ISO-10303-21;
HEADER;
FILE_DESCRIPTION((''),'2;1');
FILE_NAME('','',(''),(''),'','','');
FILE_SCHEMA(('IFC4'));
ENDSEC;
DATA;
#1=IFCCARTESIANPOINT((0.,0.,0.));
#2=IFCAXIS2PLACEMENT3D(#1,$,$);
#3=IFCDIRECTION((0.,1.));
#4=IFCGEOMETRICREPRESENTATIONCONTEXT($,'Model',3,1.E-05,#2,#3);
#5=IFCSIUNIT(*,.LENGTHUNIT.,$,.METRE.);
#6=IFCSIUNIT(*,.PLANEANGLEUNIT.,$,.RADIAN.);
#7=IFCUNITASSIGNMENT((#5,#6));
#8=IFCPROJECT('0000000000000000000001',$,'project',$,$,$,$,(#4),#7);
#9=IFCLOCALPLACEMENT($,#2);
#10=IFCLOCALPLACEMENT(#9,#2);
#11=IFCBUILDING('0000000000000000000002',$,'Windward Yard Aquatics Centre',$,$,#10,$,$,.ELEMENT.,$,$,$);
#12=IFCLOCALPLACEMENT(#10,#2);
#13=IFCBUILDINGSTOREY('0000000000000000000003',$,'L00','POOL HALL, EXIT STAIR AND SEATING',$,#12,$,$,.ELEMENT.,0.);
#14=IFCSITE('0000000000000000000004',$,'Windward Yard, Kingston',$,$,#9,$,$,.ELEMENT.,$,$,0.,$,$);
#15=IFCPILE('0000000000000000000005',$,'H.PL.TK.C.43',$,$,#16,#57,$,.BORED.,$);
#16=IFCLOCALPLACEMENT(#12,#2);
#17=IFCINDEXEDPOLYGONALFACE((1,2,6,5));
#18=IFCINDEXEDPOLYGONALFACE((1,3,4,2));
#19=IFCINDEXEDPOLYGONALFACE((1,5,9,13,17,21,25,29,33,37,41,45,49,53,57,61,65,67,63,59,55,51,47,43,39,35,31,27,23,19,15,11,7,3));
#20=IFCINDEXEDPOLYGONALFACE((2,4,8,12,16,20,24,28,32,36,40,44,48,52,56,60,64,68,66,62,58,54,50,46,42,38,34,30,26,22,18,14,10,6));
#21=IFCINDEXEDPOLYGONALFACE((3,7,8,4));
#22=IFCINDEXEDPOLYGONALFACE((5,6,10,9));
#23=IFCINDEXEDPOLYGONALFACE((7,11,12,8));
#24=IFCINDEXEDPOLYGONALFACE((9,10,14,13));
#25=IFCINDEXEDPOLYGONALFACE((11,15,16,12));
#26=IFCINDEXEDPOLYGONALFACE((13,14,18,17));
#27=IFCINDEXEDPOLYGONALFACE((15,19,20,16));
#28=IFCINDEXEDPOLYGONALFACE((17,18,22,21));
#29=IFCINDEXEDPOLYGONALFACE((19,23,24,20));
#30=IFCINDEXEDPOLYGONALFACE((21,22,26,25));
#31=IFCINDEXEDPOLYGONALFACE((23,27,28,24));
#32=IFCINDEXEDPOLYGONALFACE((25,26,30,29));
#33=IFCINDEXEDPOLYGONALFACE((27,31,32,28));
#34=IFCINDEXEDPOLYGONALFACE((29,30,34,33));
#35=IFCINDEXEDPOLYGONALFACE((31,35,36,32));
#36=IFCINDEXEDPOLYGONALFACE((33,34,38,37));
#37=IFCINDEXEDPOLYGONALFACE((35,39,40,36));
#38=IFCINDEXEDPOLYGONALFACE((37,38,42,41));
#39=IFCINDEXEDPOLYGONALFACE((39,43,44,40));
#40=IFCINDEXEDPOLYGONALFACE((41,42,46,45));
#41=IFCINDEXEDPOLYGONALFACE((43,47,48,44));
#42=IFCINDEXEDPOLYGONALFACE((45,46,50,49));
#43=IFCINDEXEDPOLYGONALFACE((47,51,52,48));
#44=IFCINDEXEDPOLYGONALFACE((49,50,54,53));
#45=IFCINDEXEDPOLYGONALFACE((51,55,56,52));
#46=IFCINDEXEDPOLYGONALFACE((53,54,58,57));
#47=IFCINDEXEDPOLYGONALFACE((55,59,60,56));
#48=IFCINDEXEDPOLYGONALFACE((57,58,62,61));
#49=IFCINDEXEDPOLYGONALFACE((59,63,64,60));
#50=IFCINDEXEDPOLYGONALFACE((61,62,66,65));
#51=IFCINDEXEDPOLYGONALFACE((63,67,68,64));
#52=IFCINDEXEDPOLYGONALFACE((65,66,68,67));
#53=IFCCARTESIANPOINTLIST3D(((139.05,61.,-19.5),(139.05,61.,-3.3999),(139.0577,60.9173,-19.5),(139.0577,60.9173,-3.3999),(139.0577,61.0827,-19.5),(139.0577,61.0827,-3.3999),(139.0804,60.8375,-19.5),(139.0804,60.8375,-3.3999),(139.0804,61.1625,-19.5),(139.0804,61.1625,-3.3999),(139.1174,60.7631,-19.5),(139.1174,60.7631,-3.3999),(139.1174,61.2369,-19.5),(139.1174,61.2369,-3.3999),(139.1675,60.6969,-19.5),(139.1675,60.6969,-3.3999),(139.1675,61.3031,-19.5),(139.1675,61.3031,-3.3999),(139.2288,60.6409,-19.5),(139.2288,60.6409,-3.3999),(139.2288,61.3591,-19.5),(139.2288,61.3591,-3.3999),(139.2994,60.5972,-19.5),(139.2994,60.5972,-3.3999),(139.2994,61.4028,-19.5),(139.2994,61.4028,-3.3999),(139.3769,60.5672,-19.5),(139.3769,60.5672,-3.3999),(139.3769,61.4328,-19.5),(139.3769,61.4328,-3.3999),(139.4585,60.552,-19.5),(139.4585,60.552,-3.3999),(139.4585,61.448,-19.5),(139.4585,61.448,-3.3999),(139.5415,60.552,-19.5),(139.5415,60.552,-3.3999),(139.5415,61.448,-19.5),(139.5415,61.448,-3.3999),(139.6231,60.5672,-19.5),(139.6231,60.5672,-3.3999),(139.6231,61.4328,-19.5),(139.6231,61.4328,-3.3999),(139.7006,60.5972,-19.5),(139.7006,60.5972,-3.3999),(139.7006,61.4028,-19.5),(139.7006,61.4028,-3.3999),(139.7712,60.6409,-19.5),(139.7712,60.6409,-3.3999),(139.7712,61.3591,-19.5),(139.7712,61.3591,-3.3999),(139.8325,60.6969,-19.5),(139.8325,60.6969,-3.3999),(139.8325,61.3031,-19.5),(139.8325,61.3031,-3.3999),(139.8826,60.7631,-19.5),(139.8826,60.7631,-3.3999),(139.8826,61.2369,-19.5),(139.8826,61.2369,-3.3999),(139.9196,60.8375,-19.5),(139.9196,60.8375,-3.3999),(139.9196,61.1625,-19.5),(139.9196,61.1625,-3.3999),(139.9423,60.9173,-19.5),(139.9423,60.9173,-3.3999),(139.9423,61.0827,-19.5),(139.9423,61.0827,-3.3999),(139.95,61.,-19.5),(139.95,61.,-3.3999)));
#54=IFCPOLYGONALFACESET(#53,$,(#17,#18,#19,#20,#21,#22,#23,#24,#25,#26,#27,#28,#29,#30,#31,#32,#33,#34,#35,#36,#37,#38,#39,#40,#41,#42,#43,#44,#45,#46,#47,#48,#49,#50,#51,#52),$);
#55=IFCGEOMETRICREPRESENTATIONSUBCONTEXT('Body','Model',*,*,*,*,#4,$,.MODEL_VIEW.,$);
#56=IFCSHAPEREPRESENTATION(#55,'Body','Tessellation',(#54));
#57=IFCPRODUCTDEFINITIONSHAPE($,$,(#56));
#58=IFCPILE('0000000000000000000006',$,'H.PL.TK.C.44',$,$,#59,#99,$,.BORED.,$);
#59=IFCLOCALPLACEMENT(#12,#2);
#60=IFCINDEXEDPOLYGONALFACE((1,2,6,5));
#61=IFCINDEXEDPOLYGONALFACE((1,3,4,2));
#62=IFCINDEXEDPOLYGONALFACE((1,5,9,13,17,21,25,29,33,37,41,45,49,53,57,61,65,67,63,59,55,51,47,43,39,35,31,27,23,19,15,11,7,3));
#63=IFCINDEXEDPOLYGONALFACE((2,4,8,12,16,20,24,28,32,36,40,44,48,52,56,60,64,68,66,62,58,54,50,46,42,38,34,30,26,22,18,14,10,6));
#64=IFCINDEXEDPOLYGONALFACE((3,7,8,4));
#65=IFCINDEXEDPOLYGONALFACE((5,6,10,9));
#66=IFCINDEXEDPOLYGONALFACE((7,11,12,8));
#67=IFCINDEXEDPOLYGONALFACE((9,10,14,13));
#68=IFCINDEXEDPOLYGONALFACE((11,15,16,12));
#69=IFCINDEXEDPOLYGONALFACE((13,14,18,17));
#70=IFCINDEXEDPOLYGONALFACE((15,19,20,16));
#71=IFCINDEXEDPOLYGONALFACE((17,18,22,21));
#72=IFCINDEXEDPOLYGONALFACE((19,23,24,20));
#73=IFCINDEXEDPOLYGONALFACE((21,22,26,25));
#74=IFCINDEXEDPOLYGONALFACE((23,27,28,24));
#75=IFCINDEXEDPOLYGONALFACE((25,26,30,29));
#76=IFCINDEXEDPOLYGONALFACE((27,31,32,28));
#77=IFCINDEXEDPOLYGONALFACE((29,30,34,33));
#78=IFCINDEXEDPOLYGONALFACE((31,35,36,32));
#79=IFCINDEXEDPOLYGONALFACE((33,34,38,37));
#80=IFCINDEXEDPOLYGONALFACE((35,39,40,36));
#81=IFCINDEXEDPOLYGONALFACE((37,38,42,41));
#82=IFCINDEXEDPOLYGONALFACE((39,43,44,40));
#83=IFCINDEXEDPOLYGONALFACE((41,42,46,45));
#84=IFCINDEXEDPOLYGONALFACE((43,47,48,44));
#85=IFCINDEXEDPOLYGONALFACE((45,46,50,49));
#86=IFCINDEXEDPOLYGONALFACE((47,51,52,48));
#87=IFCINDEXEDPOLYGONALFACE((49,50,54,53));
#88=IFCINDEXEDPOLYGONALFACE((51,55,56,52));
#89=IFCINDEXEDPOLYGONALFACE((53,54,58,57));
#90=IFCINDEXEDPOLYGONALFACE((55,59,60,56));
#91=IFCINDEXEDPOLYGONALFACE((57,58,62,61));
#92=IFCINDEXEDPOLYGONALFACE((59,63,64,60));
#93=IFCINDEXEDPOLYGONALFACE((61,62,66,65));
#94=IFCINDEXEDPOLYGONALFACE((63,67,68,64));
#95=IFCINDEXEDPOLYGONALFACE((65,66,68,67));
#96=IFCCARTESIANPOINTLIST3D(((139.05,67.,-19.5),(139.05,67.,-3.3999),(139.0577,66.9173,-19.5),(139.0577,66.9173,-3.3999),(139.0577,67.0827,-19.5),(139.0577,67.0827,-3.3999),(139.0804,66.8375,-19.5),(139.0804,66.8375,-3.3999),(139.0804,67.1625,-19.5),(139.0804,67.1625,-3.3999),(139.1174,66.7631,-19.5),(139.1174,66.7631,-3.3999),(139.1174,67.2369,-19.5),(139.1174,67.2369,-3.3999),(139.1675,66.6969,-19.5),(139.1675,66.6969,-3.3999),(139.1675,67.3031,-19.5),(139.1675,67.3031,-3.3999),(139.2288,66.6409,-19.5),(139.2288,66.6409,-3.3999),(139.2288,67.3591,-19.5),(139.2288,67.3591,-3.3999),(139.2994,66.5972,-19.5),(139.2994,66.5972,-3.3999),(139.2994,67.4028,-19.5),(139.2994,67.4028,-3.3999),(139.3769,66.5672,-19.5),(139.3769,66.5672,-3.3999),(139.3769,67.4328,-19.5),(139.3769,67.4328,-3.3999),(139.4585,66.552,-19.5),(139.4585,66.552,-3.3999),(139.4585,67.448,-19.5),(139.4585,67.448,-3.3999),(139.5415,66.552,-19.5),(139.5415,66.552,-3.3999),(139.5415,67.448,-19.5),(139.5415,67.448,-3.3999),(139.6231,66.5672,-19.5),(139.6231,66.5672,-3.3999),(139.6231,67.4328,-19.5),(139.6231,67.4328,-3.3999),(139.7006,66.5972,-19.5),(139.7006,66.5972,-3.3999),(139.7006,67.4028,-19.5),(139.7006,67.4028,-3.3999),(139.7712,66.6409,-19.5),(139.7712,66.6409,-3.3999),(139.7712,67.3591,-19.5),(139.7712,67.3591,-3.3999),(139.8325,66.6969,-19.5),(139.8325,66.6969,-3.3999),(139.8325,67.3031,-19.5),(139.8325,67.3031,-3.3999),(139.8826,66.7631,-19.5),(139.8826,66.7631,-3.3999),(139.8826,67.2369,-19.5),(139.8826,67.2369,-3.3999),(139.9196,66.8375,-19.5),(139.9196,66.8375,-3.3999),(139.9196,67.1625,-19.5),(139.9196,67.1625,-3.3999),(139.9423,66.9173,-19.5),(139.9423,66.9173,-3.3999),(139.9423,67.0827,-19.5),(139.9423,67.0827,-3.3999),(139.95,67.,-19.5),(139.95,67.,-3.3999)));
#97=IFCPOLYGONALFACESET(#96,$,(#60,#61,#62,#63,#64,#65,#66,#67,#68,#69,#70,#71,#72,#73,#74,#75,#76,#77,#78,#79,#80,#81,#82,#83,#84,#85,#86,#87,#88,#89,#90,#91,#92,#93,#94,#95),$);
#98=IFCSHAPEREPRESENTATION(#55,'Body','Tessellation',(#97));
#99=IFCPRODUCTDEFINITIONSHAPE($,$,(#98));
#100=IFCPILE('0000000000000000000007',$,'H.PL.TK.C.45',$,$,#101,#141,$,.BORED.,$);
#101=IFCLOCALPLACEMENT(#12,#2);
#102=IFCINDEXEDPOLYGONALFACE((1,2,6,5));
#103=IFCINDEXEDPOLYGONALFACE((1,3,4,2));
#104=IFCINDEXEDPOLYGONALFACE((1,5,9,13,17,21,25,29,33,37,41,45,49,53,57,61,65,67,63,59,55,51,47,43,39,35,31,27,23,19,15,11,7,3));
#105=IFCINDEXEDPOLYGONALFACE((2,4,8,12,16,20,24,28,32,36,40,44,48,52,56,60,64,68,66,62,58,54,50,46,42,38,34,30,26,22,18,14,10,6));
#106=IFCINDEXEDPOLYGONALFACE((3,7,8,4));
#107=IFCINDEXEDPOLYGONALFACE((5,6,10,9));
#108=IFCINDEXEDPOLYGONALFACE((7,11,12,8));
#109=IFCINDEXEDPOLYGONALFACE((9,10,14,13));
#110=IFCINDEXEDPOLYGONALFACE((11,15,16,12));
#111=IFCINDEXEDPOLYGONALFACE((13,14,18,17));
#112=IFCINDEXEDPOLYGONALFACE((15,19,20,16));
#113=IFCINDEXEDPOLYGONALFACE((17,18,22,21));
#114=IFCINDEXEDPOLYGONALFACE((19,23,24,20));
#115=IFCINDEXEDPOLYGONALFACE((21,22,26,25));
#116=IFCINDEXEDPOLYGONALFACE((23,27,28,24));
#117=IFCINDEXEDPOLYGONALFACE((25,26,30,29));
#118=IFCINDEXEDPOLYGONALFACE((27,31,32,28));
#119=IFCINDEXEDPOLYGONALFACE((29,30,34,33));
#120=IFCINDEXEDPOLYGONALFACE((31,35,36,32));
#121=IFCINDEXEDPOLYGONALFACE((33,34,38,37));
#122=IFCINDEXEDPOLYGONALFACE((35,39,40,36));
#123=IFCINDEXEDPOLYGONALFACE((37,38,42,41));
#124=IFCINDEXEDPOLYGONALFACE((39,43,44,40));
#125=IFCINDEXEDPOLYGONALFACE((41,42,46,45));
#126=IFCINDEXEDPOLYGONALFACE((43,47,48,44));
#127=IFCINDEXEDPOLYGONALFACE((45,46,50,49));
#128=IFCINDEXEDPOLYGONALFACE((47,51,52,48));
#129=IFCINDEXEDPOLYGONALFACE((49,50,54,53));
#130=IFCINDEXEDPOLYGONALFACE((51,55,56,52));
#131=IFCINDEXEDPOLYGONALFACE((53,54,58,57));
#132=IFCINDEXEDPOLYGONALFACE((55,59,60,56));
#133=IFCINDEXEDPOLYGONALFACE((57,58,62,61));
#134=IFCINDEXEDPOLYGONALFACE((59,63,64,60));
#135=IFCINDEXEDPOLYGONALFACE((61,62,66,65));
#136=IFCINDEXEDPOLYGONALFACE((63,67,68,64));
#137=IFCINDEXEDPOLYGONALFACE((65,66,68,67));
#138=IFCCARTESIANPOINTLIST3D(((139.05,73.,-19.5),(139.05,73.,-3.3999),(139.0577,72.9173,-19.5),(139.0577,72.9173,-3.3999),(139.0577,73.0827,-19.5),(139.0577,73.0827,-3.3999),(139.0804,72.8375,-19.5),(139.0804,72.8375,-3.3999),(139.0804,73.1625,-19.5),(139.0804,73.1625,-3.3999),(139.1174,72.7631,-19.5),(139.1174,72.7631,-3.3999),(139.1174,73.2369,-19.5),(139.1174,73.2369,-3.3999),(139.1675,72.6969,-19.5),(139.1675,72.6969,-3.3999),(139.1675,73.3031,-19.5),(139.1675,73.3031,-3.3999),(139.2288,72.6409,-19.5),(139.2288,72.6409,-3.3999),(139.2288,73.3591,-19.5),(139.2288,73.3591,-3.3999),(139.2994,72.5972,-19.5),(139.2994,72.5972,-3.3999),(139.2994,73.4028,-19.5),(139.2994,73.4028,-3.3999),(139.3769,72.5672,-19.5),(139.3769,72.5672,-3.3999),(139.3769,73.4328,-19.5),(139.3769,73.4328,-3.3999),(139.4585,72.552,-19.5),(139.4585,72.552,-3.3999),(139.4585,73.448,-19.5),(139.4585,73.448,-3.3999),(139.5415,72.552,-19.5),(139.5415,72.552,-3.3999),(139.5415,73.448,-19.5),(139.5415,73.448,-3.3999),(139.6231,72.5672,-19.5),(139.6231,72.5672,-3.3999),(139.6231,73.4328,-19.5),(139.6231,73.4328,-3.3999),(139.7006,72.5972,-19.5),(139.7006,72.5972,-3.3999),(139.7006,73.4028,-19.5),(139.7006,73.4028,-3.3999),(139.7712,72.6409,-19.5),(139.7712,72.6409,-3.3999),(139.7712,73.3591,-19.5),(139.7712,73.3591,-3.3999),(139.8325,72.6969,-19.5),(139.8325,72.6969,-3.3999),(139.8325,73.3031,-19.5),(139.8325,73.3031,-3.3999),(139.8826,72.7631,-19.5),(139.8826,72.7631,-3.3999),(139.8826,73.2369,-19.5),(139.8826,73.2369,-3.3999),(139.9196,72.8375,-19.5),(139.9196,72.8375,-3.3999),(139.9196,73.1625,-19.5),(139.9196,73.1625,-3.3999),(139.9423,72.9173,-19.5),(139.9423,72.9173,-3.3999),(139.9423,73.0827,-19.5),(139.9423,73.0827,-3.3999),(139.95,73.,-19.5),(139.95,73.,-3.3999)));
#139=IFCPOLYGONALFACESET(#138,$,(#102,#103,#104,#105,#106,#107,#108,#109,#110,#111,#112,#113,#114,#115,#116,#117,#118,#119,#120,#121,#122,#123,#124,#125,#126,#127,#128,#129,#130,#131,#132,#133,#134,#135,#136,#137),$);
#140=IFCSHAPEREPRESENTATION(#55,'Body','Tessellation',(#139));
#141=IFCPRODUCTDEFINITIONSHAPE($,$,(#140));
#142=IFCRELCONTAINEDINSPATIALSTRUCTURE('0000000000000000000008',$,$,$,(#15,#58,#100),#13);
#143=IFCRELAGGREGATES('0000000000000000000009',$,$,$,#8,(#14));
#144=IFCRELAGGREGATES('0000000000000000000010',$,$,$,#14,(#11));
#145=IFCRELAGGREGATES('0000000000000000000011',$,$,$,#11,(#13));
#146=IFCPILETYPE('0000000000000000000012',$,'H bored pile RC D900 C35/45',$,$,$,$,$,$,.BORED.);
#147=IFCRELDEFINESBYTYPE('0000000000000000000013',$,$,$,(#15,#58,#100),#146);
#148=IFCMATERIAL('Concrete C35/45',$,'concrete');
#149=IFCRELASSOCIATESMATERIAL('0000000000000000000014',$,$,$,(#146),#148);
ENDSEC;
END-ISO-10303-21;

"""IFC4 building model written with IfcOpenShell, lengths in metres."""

from ifc_helpers import new_model, si_unit, direction, frame, origin, origin_2d, place, context, subcontext, project, spatial, circle, extrude, material, material_profile, profile_set, type_object, element, save


model = new_model("IFC4")

# Units and contexts
model_context = context("Model", 3, precision=1e-05, world=origin(), true_north=direction((0.0, 1.0)))
body_context = subcontext(model_context, "Body", "Model", "MODEL_VIEW")
ifc_project = project(units=[si_unit("LENGTHUNIT", "METRE"), si_unit("PLANEANGLEUNIT", "RADIAN")], contexts=[model_context])

# Site, building, storey
site_placement = place(None, origin())
site = spatial("IfcSite", under=ifc_project, at=site_placement, Name="Windward Yard, Kingston", CompositionType="ELEMENT", RefElevation=0.0)
building_placement = place(site_placement, origin())
building = spatial("IfcBuilding", under=site, at=building_placement, Name="Windward Yard Aquatics Centre", CompositionType="ELEMENT")
storey_placement = place(building_placement, origin())
storey = spatial("IfcBuildingStorey", under=building, at=storey_placement, Name="L00", Description="POOL HALL, EXIT STAIR AND SEATING", CompositionType="ELEMENT", Elevation=0.0)

# Piles
ifc_material_1 = material(Name="Concrete C35/45", Category="concrete")
ifc_material_profile = material_profile(ifc_material_1, circle(Radius=0.45, at=origin_2d()), Name="RC D900")
ifc_profile_set = profile_set([ifc_material_profile], Name="Concrete C35/45")
pile_type = type_object("IfcPileType", Name="H bored pile RC D900 C35/45", PredefinedType="BORED", material=ifc_profile_set)
for number, where, z_axis, x_axis, name in (
    (1, (139.5, 61.0, -3.3999), (0.0, 0.0, -1.0), (1.0, 0.0, 0.0), "H.PL.TK.C.43"),
    (2, (139.5, 67.0, -3.3999), (0.0, 0.0, -1.0), (1.0, 0.0, 0.0), "H.PL.TK.C.44"),
    (3, (139.5, 73.0, -3.3999), (0.0, 0.0, -1.0), (1.0, 0.0, 0.0), "H.PL.TK.C.45"),
):
    element("IfcPile", number, at=place(storey_placement, frame(where, z_axis=z_axis, x_axis=x_axis)), inside=storey, type_object=pile_type, Name=name, PredefinedType="BORED", context=body_context, shape_type="SweptSolid", body=[
        extrude(circle(Radius=0.45, at=origin_2d()), origin(), (0.0, 0.0, 1.0), 16.1001),
    ])

save(model, "model.ifc")
